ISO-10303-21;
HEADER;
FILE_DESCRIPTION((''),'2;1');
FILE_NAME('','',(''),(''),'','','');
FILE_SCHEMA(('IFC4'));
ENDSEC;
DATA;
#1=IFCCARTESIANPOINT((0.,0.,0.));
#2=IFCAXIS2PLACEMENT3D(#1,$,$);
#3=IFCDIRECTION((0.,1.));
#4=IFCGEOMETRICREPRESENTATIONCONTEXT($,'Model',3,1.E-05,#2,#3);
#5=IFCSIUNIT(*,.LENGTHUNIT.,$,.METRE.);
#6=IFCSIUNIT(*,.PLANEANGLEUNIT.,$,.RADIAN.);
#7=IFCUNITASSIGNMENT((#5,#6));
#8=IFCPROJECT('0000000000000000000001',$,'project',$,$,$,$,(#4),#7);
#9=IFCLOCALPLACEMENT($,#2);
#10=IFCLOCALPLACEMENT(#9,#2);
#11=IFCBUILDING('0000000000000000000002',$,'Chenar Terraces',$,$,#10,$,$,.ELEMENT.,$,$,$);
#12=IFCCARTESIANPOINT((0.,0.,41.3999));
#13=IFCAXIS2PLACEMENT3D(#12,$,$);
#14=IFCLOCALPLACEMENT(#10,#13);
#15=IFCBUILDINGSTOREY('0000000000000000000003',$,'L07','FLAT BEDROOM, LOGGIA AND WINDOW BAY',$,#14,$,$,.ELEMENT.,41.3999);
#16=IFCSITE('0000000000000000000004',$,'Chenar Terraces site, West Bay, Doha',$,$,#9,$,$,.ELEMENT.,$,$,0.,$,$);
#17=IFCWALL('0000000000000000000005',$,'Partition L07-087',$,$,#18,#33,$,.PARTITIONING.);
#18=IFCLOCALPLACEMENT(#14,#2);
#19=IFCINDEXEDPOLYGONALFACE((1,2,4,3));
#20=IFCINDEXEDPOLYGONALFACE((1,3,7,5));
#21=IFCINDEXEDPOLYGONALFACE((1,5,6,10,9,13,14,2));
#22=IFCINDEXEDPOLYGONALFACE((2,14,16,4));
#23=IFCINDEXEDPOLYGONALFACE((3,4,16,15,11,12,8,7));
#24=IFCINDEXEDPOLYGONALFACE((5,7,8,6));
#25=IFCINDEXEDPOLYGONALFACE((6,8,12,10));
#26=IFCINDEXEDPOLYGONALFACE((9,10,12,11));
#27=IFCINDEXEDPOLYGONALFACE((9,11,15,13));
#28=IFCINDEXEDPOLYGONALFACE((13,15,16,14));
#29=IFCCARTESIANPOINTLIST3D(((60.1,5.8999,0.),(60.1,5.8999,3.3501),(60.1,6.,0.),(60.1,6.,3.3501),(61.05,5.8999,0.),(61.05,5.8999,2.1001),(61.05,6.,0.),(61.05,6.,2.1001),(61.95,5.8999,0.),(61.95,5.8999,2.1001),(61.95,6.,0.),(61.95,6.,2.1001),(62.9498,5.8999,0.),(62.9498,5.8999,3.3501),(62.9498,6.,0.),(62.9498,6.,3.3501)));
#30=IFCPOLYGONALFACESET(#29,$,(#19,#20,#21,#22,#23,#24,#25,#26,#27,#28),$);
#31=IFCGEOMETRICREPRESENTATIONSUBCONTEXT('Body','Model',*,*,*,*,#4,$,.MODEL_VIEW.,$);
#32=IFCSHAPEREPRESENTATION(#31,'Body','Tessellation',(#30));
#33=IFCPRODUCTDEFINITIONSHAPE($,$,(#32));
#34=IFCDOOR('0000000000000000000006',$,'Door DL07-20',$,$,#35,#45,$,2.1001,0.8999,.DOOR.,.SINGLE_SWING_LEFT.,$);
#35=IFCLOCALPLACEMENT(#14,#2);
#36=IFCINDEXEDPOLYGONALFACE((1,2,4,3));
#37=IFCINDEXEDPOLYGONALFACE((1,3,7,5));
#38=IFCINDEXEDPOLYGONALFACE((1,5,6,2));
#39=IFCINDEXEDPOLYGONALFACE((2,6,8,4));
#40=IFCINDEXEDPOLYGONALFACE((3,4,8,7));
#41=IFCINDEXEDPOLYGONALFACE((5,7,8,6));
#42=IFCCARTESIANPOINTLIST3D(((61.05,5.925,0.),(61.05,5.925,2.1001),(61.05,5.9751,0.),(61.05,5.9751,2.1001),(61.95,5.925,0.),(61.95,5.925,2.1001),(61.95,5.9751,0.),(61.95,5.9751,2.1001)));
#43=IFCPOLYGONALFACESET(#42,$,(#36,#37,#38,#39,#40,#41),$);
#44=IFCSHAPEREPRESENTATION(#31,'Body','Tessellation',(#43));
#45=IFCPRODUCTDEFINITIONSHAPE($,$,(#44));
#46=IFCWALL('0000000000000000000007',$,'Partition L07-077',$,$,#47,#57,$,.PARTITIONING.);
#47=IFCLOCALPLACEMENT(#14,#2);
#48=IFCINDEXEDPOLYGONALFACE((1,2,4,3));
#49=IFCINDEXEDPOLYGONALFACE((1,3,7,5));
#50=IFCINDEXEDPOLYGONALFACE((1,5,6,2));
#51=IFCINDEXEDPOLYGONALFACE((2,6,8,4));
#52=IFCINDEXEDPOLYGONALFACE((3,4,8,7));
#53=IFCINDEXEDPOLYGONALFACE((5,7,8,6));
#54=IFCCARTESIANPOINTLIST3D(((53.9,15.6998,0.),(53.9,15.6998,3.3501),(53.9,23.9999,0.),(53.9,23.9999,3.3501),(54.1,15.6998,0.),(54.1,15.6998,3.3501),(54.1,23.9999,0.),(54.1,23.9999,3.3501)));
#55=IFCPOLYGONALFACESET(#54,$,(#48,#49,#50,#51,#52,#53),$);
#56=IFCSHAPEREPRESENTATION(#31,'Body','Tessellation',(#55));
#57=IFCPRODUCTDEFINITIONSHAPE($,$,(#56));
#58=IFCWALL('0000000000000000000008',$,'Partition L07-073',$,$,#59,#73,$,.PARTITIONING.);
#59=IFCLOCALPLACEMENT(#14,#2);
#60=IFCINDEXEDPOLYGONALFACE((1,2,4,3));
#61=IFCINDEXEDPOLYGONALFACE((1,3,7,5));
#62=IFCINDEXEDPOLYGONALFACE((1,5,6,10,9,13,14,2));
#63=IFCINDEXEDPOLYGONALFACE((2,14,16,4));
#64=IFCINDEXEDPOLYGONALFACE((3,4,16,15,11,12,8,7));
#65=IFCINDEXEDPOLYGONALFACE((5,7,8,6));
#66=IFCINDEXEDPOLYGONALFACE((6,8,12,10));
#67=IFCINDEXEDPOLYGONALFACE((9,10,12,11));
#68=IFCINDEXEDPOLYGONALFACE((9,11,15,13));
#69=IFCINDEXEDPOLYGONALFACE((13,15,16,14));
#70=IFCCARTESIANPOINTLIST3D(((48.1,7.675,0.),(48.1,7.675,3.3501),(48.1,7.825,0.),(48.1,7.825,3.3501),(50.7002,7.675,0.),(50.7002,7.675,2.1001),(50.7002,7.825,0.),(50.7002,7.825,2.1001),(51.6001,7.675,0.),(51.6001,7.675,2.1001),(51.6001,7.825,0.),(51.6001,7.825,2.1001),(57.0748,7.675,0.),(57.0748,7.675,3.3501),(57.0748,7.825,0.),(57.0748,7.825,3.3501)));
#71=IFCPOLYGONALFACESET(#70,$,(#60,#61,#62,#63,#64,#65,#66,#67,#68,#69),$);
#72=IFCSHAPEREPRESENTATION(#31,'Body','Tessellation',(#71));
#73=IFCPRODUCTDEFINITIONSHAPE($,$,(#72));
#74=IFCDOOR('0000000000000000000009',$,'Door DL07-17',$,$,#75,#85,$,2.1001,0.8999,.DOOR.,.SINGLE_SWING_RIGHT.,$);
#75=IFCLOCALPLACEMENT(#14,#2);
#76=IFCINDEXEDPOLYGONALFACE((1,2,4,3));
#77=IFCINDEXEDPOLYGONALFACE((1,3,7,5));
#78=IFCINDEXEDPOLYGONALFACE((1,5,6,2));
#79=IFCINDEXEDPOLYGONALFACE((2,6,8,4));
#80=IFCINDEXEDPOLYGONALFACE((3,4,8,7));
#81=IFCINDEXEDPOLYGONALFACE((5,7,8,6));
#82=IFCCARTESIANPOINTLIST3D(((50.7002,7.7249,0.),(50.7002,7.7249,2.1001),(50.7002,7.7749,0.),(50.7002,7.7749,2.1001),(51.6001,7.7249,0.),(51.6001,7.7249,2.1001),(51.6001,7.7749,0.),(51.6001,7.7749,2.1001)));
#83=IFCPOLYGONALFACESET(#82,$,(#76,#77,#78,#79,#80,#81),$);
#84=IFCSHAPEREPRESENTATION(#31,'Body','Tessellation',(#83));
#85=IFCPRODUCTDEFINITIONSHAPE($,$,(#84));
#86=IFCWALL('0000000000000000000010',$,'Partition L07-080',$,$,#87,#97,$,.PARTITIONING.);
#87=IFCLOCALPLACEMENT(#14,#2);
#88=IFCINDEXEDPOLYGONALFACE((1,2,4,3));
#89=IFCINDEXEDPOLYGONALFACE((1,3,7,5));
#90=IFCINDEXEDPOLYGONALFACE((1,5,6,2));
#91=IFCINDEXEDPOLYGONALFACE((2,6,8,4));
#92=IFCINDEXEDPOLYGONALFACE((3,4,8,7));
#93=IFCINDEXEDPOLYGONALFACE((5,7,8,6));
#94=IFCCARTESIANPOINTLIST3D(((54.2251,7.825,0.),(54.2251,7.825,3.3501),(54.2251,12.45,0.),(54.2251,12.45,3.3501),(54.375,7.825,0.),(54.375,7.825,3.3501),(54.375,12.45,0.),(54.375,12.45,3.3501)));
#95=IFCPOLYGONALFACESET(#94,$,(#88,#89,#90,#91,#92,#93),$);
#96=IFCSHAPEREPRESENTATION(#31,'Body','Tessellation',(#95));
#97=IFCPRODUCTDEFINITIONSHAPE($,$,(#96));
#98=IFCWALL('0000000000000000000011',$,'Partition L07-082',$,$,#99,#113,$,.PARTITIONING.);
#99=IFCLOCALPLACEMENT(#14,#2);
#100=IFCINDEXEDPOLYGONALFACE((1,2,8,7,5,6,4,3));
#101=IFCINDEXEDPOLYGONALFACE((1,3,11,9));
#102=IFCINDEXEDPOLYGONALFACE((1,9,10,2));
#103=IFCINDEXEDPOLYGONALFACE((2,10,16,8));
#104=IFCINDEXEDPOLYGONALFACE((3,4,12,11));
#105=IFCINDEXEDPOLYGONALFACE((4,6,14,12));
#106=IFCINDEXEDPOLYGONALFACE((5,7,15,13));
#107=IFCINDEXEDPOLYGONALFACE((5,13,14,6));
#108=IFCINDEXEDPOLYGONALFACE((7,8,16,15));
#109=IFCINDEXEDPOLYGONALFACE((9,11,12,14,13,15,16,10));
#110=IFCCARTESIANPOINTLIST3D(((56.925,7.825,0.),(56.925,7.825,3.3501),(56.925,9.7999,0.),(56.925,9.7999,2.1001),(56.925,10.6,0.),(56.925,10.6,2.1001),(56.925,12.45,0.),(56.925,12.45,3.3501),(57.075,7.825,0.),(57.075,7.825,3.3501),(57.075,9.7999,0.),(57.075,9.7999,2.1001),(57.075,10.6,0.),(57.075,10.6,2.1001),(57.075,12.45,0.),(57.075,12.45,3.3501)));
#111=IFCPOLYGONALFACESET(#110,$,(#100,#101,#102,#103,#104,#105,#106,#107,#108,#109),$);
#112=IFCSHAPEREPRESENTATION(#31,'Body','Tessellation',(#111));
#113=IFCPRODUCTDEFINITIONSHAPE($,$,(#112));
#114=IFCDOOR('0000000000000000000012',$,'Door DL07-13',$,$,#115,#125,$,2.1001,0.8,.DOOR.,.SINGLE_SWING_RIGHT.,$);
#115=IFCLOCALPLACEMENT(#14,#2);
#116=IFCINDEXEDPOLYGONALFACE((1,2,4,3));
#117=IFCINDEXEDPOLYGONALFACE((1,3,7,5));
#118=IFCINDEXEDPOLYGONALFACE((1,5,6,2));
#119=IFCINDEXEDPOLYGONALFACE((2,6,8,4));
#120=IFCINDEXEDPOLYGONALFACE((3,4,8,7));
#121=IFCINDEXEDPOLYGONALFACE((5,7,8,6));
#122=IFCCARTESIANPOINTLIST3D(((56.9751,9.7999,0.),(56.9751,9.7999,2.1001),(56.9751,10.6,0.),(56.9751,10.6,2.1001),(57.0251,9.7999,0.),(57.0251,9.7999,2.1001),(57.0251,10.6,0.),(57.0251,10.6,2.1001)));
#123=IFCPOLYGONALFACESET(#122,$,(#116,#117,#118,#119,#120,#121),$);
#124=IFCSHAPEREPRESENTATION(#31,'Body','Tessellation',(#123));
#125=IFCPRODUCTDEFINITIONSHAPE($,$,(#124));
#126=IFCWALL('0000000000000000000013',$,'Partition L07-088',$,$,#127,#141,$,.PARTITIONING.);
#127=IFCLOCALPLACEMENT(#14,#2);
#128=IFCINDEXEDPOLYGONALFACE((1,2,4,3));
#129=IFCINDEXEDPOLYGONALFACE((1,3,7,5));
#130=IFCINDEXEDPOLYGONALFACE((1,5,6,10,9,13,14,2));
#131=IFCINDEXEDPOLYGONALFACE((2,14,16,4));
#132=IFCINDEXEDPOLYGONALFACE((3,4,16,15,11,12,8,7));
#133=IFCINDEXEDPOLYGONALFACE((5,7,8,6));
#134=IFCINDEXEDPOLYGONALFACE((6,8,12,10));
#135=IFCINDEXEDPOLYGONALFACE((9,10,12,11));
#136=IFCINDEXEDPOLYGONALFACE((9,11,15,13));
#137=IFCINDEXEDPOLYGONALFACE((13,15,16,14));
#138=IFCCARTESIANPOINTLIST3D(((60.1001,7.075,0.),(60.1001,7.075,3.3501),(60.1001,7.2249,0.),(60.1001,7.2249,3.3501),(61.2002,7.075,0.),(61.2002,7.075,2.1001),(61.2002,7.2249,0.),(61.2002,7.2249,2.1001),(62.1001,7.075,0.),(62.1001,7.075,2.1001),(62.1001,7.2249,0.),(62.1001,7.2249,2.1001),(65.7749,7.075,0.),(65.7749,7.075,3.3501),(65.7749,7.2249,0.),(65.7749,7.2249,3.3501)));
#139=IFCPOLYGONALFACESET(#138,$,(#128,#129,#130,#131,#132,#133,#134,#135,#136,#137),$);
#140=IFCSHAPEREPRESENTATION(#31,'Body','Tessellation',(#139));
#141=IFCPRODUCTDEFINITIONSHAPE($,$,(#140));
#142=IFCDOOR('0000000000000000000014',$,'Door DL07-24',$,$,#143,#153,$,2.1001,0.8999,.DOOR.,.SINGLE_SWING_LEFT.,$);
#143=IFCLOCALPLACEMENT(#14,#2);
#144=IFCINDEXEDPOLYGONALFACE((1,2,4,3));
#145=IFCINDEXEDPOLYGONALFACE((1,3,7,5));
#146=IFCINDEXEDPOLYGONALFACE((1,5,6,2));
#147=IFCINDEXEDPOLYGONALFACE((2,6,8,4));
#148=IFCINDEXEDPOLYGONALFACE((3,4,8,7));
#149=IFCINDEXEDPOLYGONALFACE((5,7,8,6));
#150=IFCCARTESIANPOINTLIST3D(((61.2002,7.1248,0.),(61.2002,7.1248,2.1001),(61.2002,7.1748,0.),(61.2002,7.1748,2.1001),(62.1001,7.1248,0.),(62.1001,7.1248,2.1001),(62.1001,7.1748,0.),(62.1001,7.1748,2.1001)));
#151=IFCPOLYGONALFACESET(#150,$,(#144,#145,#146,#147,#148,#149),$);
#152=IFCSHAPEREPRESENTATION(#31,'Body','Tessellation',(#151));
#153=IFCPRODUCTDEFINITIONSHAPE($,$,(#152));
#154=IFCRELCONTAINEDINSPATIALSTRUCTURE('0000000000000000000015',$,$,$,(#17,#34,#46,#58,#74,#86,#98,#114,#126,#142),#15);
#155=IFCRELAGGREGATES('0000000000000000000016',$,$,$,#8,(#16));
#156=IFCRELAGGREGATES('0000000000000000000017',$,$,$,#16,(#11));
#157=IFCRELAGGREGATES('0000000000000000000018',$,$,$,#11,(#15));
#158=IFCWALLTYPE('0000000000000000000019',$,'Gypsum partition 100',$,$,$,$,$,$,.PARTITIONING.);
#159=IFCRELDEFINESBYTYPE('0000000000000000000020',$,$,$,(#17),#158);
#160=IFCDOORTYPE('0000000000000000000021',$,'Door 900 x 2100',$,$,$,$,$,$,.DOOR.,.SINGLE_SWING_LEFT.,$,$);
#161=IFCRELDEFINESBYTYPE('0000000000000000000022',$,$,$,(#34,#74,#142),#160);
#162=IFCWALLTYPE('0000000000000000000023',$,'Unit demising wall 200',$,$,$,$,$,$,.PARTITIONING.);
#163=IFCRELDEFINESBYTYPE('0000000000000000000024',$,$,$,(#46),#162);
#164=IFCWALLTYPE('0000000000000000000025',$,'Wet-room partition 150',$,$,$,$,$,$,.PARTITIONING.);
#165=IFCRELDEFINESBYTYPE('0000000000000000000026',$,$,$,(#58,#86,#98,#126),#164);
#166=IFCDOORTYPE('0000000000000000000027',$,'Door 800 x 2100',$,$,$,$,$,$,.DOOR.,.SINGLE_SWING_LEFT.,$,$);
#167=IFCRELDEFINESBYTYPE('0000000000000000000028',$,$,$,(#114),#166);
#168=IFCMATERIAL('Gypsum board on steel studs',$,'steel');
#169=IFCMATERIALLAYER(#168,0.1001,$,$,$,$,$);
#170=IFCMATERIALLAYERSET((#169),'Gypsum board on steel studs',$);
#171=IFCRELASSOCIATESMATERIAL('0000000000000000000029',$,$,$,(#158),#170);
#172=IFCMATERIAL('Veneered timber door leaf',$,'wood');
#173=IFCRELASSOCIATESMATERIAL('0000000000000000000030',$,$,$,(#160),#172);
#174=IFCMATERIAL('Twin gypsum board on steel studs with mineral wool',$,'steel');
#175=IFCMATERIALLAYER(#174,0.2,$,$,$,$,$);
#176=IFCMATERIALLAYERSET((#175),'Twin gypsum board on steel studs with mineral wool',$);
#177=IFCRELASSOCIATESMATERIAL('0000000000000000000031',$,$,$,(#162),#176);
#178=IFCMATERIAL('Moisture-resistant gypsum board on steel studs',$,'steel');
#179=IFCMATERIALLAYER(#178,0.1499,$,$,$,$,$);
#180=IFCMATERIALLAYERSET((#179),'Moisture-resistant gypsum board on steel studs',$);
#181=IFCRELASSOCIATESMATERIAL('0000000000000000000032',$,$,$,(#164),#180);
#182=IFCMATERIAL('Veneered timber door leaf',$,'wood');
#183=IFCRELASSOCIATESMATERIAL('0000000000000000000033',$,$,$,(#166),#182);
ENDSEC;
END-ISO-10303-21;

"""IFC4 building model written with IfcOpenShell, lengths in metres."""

from ifc_helpers import new_model, si_unit, direction, frame, frame_2d, origin, place, context, subcontext, project, spatial, rectangle, extrude, material, layer, layer_set, type_object, element, fill, save


model = new_model("IFC4")

# Units and contexts
model_context = context("Model", 3, precision=1e-05, world=origin(), true_north=direction((0.0, 1.0)))
body_context = subcontext(model_context, "Body", "Model", "MODEL_VIEW")
ifc_project = project(units=[si_unit("LENGTHUNIT", "METRE"), si_unit("PLANEANGLEUNIT", "RADIAN")], contexts=[model_context])

# Site, building, storey
site_placement = place(None, origin())
site = spatial("IfcSite", under=ifc_project, at=site_placement, Name="Chenar Terraces site, West Bay, Doha", CompositionType="ELEMENT", RefElevation=0.0)
building_placement = place(site_placement, origin())
building = spatial("IfcBuilding", under=site, at=building_placement, Name="Chenar Terraces", CompositionType="ELEMENT")
storey_placement = place(building_placement, frame((0.0, 0.0, 41.3999)))
storey = spatial("IfcBuildingStorey", under=building, at=storey_placement, Name="L07", Description="FLAT BEDROOM, LOGGIA AND WINDOW BAY", CompositionType="ELEMENT", Elevation=41.3999)

# Shared definitions
ifc_material_1 = material(Name="Gypsum board on steel studs", Category="steel")
ifc_layer_1 = layer(ifc_material_1, 0.1001)
ifc_layer_set_1 = layer_set([ifc_layer_1], Name="Gypsum board on steel studs")
wall_type_1 = type_object("IfcWallType", Name="Gypsum partition 100", PredefinedType="PARTITIONING", material=ifc_layer_set_1)
ifc_material_2 = material(Name="Veneered timber door leaf", Category="wood")
door_type_1 = type_object("IfcDoorType", Name="Door 900 x 2100", OperationType="SINGLE_SWING_LEFT", PredefinedType="DOOR", material=ifc_material_2)

# Wall, opening, door
wall_1_placement = place(storey_placement, frame((60.1001, 5.95, 0.0), z_axis=(0.0, 0.0, 1.0), x_axis=(1.0, 0.0, 0.0)))
wall_1 = element("IfcWall", 1, at=wall_1_placement, inside=storey, type_object=wall_type_1, Name="Partition L07-087", PredefinedType="PARTITIONING", context=body_context, shape_type="SweptSolid", body=[
    extrude(rectangle(XDim=2.8499, YDim=0.1001, at=frame_2d((1.4248, 0.0))), origin(), (0.0, 0.0, 1.0), 3.3501),
])
opening_1_placement = place(wall_1_placement, frame((0.95, 0.0, 0.0)))
opening_1 = element("IfcOpeningElement", 2, at=opening_1_placement, cuts=wall_1, PredefinedType="OPENING", context=body_context, shape_type="SweptSolid", body=[
    extrude(rectangle(XDim=0.8999, YDim=2.1001, at=frame_2d((0.45, 1.05))), frame((0.0, 0.0601, 0.0), z_axis=(0.0, -1.0, 0.0), x_axis=(1.0, 0.0, 0.0)), (0.0, 0.0, 1.0), 0.1201),
])
door_1_placement = place(opening_1_placement, frame((0.8999, 0.0, 0.0), z_axis=(0.0, 0.0, 1.0), x_axis=(-1.0, 0.0, 0.0)))
door_1 = element("IfcDoor", 3, at=door_1_placement, inside=storey, type_object=door_type_1, Name="Door DL07-20", OperationType="SINGLE_SWING_LEFT", OverallHeight=2.1001, OverallWidth=0.8999, PredefinedType="DOOR", context=body_context, shape_type="SweptSolid", body=[
    extrude(rectangle(XDim=0.8999, YDim=2.1001, at=frame_2d((0.45, 1.05))), frame((0.0, 0.0249, 0.0), z_axis=(0.0, -1.0, 0.0), x_axis=(1.0, 0.0, 0.0)), (0.0, 0.0, 1.0), 0.05),
])
fill(opening_1, door_1)

# Wall
ifc_material_3 = material(Name="Twin gypsum board on steel studs with mineral wool", Category="steel")
ifc_layer_2 = layer(ifc_material_3, 0.2)
ifc_layer_set_2 = layer_set([ifc_layer_2], Name="Twin gypsum board on steel studs with mineral wool")
wall_type_2 = type_object("IfcWallType", Name="Unit demising wall 200", PredefinedType="PARTITIONING", material=ifc_layer_set_2)
wall_2_placement = place(storey_placement, frame((54.0, 15.7, 0.0), z_axis=(0.0, 0.0, 1.0), x_axis=(0.0, 1.0, 0.0)))
element("IfcWall", 4, at=wall_2_placement, inside=storey, type_object=wall_type_2, Name="Partition L07-077", PredefinedType="PARTITIONING", context=body_context, shape_type="SweptSolid", body=[
    extrude(rectangle(XDim=8.3, YDim=0.2, at=frame_2d((4.1499, 0.0))), origin(), (0.0, 0.0, 1.0), 3.3501),
])

# Wall, opening, door
ifc_material_4 = material(Name="Moisture-resistant gypsum board on steel studs", Category="steel")
ifc_layer_3 = layer(ifc_material_4, 0.1499)
ifc_layer_set_3 = layer_set([ifc_layer_3], Name="Moisture-resistant gypsum board on steel studs")
wall_type_3 = type_object("IfcWallType", Name="Wet-room partition 150", PredefinedType="PARTITIONING", material=ifc_layer_set_3)
wall_3_placement = place(storey_placement, frame((48.1001, 7.75, 0.0), z_axis=(0.0, 0.0, 1.0), x_axis=(1.0, 0.0, 0.0)))
wall_3 = element("IfcWall", 5, at=wall_3_placement, inside=storey, type_object=wall_type_3, Name="Partition L07-073", PredefinedType="PARTITIONING", context=body_context, shape_type="SweptSolid", body=[
    extrude(rectangle(XDim=8.9749, YDim=0.1499, at=frame_2d((4.4873, 0.0))), origin(), (0.0, 0.0, 1.0), 3.3501),
])
opening_2_placement = place(wall_3_placement, frame((2.6001, 0.0, 0.0)))
opening_2 = element("IfcOpeningElement", 6, at=opening_2_placement, cuts=wall_3, PredefinedType="OPENING", context=body_context, shape_type="SweptSolid", body=[
    extrude(rectangle(XDim=0.8999, YDim=2.1001, at=frame_2d((0.45, 1.05))), frame((0.0, 0.085, 0.0), z_axis=(0.0, -1.0, 0.0), x_axis=(1.0, 0.0, 0.0)), (0.0, 0.0, 1.0), 0.1699),
])
door_2_placement = place(opening_2_placement, origin())
door_2 = element("IfcDoor", 7, at=door_2_placement, inside=storey, type_object=door_type_1, Name="Door DL07-17", OperationType="SINGLE_SWING_RIGHT", OverallHeight=2.1001, OverallWidth=0.8999, PredefinedType="DOOR", context=body_context, shape_type="SweptSolid", body=[
    extrude(rectangle(XDim=0.8999, YDim=2.1001, at=frame_2d((0.45, 1.05))), frame((0.0, 0.0249, 0.0), z_axis=(0.0, -1.0, 0.0), x_axis=(1.0, 0.0, 0.0)), (0.0, 0.0, 1.0), 0.05),
])
fill(opening_2, door_2)

# Wall
wall_4_placement = place(storey_placement, frame((54.3, 7.825, 0.0), z_axis=(0.0, 0.0, 1.0), x_axis=(0.0, 1.0, 0.0)))
element("IfcWall", 8, at=wall_4_placement, inside=storey, type_object=wall_type_3, Name="Partition L07-080", PredefinedType="PARTITIONING", context=body_context, shape_type="SweptSolid", body=[
    extrude(rectangle(XDim=4.625, YDim=0.1499, at=frame_2d((2.3125, 0.0))), origin(), (0.0, 0.0, 1.0), 3.3501),
])

# Walls, openings, doors
wall_5_placement = place(storey_placement, frame((57.0, 7.825, 0.0), z_axis=(0.0, 0.0, 1.0), x_axis=(0.0, 1.0, 0.0)))
wall_5 = element("IfcWall", 9, at=wall_5_placement, inside=storey, type_object=wall_type_3, Name="Partition L07-082", PredefinedType="PARTITIONING", context=body_context, shape_type="SweptSolid", body=[
    extrude(rectangle(XDim=4.625, YDim=0.1499, at=frame_2d((2.3125, 0.0))), origin(), (0.0, 0.0, 1.0), 3.3501),
])
opening_3_placement = place(wall_5_placement, frame((1.9751, 0.0, 0.0)))
opening_3 = element("IfcOpeningElement", 10, at=opening_3_placement, cuts=wall_5, PredefinedType="OPENING", context=body_context, shape_type="SweptSolid", body=[
    extrude(rectangle(XDim=0.8, YDim=2.1001, at=frame_2d((0.3999, 1.05))), frame((0.0, 0.085, 0.0), z_axis=(0.0, -1.0, 0.0), x_axis=(1.0, 0.0, 0.0)), (0.0, 0.0, 1.0), 0.1699),
])
ifc_material_5 = material(Name="Veneered timber door leaf", Category="wood")
door_type_2 = type_object("IfcDoorType", Name="Door 800 x 2100", OperationType="SINGLE_SWING_LEFT", PredefinedType="DOOR", material=ifc_material_5)
door_3_placement = place(opening_3_placement, origin())
door_3 = element("IfcDoor", 11, at=door_3_placement, inside=storey, type_object=door_type_2, Name="Door DL07-13", OperationType="SINGLE_SWING_RIGHT", OverallHeight=2.1001, OverallWidth=0.8, PredefinedType="DOOR", context=body_context, shape_type="SweptSolid", body=[
    extrude(rectangle(XDim=0.8, YDim=2.1001, at=frame_2d((0.3999, 1.05))), frame((0.0, 0.0249, 0.0), z_axis=(0.0, -1.0, 0.0), x_axis=(1.0, 0.0, 0.0)), (0.0, 0.0, 1.0), 0.05),
])
fill(opening_3, door_3)
wall_6_placement = place(storey_placement, frame((60.1001, 7.1499, 0.0), z_axis=(0.0, 0.0, 1.0), x_axis=(1.0, 0.0, 0.0)))
wall_6 = element("IfcWall", 12, at=wall_6_placement, inside=storey, type_object=wall_type_3, Name="Partition L07-088", PredefinedType="PARTITIONING", context=body_context, shape_type="SweptSolid", body=[
    extrude(rectangle(XDim=5.6748, YDim=0.1499, at=frame_2d((2.8374, 0.0))), origin(), (0.0, 0.0, 1.0), 3.3501),
])
opening_4_placement = place(wall_6_placement, frame((1.1001, 0.0, 0.0)))
opening_4 = element("IfcOpeningElement", 13, at=opening_4_placement, cuts=wall_6, PredefinedType="OPENING", context=body_context, shape_type="SweptSolid", body=[
    extrude(rectangle(XDim=0.8999, YDim=2.1001, at=frame_2d((0.45, 1.05))), frame((0.0, 0.085, 0.0), z_axis=(0.0, -1.0, 0.0), x_axis=(1.0, 0.0, 0.0)), (0.0, 0.0, 1.0), 0.1699),
])
door_4_placement = place(opening_4_placement, origin())
door_4 = element("IfcDoor", 14, at=door_4_placement, inside=storey, type_object=door_type_1, Name="Door DL07-24", OperationType="SINGLE_SWING_LEFT", OverallHeight=2.1001, OverallWidth=0.8999, PredefinedType="DOOR", context=body_context, shape_type="SweptSolid", body=[
    extrude(rectangle(XDim=0.8999, YDim=2.1001, at=frame_2d((0.45, 1.05))), frame((0.0, 0.0249, 0.0), z_axis=(0.0, -1.0, 0.0), x_axis=(1.0, 0.0, 0.0)), (0.0, 0.0, 1.0), 0.05),
])
fill(opening_4, door_4)

save(model, "model.ifc")
